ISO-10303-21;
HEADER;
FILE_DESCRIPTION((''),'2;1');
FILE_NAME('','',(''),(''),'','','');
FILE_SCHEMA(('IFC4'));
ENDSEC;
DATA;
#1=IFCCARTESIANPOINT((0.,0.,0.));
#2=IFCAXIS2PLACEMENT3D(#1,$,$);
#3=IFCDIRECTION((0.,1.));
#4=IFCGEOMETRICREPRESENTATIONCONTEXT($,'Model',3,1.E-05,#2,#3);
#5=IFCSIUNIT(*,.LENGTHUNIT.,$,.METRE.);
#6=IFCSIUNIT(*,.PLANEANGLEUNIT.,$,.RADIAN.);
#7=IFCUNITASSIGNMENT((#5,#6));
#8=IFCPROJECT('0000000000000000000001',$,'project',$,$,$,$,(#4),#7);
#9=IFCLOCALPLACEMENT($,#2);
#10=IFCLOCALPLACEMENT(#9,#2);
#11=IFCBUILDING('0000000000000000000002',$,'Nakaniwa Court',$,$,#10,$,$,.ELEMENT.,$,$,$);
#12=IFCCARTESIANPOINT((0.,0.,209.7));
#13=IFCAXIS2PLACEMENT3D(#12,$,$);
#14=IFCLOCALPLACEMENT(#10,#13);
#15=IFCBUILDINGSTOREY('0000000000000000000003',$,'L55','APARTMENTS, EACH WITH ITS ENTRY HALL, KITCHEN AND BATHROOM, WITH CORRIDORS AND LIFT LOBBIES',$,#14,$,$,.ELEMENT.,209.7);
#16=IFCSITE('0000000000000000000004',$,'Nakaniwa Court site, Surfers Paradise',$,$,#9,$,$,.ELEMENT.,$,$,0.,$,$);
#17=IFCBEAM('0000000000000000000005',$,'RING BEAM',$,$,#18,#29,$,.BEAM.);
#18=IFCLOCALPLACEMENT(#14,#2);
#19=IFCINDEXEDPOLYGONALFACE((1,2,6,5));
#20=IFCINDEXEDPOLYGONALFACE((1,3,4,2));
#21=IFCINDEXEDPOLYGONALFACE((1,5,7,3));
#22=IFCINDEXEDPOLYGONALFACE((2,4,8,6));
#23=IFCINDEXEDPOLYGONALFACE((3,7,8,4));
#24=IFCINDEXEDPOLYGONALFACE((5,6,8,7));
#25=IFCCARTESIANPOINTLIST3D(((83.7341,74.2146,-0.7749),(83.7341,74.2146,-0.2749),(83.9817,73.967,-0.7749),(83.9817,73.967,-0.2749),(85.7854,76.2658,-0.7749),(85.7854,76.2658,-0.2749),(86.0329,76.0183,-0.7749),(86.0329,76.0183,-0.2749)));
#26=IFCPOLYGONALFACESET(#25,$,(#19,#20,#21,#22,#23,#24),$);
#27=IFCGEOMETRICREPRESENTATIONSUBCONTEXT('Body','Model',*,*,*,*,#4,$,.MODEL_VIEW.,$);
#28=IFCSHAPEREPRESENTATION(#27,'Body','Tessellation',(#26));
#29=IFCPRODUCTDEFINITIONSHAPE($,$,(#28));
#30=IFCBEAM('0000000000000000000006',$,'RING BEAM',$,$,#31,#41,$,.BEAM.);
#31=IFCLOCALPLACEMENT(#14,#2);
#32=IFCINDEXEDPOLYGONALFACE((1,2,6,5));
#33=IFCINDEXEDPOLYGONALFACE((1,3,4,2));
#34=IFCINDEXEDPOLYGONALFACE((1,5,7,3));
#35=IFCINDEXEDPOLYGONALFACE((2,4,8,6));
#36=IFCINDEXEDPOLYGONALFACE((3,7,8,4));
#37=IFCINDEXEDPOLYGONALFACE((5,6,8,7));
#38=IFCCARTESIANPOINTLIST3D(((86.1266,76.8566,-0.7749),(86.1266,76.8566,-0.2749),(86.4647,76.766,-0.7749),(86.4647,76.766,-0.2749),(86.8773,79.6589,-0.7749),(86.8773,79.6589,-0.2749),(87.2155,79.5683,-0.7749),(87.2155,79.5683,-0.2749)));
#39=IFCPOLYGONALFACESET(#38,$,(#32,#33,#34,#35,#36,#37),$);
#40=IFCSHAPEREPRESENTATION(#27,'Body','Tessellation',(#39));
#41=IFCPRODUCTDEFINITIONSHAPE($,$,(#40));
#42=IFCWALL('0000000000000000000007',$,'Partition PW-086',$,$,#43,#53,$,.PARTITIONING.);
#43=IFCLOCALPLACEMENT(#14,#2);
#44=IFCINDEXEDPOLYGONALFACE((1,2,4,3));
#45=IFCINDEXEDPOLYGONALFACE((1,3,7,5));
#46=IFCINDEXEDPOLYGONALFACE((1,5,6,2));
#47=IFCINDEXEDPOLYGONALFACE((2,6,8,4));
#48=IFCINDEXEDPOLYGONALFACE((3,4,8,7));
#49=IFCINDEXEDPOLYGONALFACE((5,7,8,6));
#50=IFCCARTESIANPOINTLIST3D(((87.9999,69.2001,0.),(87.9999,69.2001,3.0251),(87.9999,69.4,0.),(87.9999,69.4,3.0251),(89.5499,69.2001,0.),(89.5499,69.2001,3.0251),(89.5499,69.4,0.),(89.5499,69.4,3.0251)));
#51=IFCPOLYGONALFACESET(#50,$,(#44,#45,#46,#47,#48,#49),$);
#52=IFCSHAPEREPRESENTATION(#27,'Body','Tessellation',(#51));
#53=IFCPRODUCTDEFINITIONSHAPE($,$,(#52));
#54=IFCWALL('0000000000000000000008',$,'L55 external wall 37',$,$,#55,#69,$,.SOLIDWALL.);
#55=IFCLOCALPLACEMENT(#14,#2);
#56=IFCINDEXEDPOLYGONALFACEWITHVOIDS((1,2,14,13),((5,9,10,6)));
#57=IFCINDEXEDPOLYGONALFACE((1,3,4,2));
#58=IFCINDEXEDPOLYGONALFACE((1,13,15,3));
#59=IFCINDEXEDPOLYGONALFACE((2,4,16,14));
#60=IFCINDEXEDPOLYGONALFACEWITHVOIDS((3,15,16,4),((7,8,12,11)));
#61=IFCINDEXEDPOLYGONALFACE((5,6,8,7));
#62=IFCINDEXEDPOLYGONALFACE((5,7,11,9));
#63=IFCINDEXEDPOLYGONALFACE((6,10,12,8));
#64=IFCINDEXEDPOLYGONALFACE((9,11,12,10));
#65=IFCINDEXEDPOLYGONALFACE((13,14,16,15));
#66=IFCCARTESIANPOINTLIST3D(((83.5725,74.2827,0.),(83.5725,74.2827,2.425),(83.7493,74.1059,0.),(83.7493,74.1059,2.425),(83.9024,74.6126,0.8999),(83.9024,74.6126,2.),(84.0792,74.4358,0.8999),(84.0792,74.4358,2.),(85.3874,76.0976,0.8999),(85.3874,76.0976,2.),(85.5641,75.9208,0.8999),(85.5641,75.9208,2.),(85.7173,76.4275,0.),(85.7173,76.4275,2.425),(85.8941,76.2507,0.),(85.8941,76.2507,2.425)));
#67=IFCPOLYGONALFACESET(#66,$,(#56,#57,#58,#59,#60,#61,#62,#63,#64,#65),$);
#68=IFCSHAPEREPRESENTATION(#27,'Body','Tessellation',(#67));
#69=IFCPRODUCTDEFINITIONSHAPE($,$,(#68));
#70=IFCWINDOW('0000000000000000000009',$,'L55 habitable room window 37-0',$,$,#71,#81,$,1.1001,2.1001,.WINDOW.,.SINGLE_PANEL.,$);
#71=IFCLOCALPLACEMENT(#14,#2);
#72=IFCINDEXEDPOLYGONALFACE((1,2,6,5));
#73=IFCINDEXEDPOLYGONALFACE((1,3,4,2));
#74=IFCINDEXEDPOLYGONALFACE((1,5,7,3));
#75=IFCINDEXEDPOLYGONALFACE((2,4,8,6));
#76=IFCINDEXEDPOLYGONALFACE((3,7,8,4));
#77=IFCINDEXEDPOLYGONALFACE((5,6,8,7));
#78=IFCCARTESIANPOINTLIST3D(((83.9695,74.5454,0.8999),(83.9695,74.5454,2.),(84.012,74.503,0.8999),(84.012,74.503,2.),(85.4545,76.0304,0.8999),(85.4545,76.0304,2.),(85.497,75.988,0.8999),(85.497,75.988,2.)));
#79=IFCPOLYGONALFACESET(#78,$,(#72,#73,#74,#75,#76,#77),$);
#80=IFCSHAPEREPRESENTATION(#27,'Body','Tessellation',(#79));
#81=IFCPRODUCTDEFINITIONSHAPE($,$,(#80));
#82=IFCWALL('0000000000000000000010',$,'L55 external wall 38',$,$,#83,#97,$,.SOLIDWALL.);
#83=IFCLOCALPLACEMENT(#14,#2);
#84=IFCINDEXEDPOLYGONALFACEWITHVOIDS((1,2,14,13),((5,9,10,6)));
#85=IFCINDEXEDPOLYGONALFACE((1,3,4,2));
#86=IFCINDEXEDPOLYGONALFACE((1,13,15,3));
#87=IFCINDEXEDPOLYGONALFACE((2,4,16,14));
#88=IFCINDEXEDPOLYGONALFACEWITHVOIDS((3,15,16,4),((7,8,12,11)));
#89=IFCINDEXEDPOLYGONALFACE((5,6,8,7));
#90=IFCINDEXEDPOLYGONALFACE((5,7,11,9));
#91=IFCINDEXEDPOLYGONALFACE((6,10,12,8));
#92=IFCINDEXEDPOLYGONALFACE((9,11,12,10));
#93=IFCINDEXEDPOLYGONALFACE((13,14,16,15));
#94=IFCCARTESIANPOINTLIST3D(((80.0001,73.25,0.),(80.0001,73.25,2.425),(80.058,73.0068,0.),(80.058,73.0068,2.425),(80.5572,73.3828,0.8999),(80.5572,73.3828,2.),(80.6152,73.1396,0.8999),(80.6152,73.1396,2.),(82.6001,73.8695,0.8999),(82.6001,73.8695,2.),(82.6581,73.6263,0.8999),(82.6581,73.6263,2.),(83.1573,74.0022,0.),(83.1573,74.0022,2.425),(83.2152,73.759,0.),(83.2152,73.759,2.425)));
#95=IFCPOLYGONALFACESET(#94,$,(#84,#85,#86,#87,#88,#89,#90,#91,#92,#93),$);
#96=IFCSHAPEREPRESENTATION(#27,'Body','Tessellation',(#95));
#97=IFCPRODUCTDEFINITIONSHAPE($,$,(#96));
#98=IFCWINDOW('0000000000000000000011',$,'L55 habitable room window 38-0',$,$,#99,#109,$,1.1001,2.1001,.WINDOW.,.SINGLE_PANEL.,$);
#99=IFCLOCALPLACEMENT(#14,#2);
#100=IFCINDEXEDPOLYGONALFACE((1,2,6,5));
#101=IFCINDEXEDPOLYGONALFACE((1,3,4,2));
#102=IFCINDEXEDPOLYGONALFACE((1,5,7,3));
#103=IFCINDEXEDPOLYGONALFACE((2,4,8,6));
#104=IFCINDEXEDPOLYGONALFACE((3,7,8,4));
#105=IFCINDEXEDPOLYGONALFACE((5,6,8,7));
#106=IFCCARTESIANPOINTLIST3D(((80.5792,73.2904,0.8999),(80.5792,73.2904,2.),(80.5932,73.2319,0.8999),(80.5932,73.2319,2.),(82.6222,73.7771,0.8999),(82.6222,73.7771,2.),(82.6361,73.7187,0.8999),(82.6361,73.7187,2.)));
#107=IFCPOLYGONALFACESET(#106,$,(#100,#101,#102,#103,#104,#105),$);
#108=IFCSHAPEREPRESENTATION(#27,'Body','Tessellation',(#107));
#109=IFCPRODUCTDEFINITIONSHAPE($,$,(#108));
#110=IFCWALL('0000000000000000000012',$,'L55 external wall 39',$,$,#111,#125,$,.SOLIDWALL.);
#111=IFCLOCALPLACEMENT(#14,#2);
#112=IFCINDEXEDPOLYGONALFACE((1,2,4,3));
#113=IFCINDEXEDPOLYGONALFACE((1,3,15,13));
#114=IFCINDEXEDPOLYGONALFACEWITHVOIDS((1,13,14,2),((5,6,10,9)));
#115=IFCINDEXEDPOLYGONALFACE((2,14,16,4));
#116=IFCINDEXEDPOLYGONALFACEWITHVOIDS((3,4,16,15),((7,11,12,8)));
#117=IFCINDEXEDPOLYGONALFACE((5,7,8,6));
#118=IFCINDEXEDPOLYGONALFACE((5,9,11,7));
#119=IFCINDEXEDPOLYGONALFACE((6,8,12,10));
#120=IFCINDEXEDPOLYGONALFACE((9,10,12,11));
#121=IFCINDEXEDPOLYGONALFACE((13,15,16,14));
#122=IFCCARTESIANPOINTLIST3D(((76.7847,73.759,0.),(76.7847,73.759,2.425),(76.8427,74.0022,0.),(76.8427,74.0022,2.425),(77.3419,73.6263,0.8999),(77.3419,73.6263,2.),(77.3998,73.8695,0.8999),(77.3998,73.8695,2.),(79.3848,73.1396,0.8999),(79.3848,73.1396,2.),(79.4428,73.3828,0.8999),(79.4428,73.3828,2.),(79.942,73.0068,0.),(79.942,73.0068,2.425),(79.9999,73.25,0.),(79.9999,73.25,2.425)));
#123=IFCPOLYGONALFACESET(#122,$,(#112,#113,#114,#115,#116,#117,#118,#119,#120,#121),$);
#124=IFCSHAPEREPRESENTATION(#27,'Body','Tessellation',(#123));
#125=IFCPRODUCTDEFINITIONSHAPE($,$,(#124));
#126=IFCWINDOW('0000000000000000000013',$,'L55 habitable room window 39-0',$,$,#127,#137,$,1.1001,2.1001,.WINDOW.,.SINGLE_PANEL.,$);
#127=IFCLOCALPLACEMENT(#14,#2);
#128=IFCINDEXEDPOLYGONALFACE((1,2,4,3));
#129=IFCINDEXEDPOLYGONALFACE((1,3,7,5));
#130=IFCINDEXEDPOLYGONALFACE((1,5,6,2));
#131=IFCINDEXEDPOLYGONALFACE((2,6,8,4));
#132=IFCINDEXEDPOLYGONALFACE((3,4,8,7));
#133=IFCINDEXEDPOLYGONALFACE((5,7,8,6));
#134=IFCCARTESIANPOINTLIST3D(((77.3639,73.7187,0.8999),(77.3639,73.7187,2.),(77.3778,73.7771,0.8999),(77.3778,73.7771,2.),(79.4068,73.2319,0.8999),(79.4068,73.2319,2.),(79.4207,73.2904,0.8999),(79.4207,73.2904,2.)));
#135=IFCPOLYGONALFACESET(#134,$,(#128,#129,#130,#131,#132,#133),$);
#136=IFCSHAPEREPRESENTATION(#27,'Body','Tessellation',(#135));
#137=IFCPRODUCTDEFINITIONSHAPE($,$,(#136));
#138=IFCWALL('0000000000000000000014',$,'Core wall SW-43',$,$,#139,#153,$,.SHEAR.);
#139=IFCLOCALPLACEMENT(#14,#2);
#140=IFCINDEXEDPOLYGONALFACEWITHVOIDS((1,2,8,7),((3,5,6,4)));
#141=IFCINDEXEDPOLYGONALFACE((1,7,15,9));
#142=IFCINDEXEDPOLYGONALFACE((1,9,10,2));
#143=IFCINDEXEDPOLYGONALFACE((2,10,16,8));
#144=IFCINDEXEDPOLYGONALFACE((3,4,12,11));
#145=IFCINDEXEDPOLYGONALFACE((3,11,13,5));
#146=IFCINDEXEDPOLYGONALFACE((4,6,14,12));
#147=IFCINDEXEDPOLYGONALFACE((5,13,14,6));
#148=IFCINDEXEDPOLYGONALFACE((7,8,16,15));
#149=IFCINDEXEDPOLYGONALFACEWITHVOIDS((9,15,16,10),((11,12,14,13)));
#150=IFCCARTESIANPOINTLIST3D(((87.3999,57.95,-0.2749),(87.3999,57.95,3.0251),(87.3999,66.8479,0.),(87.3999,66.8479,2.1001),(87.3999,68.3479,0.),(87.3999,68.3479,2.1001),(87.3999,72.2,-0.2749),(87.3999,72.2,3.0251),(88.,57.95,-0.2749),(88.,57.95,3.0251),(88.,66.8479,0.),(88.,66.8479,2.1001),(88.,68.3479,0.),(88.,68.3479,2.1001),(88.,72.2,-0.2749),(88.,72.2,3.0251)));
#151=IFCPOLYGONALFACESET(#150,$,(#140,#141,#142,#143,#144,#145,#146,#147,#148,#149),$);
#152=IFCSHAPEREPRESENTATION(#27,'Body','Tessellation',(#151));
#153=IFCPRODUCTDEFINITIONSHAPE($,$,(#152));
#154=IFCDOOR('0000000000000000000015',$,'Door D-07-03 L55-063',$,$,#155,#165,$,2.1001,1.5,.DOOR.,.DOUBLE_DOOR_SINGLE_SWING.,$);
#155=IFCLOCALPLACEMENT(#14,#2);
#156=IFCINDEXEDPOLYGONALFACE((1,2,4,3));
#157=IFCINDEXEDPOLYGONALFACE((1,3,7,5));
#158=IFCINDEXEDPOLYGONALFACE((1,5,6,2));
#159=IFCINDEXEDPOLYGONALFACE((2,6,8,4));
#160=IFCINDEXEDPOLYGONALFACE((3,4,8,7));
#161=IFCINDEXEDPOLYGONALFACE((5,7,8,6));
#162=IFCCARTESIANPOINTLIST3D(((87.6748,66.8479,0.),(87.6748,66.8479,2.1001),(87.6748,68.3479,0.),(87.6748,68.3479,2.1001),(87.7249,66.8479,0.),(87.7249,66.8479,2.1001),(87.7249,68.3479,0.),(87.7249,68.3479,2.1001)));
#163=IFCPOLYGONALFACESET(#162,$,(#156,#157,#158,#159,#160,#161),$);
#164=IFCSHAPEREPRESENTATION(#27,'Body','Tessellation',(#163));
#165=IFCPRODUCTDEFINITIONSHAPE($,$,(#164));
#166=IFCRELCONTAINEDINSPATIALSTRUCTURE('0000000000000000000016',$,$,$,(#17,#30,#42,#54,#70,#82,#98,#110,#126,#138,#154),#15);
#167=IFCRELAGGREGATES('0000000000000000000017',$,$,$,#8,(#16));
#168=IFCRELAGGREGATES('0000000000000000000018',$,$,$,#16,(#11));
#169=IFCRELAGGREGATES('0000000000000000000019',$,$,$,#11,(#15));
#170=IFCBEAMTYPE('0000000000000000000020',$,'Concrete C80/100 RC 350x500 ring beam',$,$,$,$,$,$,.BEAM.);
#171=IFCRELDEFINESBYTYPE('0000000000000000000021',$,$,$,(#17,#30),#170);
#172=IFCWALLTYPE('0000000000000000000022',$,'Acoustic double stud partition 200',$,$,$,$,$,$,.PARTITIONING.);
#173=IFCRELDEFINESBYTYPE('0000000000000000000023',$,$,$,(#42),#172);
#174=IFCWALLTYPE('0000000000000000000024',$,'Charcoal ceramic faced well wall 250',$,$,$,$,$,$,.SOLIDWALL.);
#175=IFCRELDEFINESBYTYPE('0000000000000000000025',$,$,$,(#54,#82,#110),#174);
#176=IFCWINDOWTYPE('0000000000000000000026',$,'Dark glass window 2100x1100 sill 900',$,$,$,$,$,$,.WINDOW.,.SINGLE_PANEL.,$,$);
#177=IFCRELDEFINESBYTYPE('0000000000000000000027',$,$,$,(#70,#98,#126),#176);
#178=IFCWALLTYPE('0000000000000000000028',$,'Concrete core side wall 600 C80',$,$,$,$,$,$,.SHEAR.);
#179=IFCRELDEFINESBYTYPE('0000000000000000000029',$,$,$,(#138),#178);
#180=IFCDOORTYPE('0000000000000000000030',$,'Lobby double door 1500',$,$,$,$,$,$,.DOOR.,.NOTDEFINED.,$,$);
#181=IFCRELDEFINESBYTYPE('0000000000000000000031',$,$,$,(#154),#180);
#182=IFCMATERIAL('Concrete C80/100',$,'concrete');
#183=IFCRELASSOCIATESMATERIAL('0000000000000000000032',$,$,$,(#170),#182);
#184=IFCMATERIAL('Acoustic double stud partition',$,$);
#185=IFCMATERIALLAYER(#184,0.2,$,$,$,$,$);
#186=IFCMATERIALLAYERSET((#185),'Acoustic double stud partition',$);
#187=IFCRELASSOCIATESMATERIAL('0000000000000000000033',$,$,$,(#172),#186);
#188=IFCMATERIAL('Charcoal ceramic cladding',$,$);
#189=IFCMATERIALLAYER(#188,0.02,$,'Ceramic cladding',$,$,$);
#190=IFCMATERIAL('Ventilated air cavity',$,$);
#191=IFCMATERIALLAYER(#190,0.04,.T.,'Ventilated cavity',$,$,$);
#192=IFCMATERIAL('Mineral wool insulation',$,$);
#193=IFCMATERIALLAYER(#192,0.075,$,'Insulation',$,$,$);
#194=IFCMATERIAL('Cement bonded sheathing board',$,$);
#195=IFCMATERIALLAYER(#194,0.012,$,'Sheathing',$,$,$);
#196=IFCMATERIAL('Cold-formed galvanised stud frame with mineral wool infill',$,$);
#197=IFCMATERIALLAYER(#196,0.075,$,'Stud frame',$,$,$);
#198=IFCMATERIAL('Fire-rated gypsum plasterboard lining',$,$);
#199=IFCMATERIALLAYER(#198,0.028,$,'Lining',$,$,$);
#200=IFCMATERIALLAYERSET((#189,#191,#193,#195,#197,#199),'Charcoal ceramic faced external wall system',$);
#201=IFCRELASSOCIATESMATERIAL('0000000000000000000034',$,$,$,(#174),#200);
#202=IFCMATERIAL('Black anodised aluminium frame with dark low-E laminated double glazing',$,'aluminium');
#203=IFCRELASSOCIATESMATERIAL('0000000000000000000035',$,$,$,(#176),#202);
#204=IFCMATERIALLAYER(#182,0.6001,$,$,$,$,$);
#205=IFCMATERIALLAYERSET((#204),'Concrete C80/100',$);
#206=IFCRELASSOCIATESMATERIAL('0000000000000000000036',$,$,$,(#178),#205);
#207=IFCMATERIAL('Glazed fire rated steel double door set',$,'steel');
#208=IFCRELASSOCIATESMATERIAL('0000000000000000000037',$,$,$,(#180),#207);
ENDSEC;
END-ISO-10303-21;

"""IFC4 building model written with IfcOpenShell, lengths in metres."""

from ifc_helpers import new_model, si_unit, direction, frame, frame_2d, origin, origin_2d, place, context, subcontext, project, spatial, rectangle, extrude, material, layer, layer_set, material_profile, profile_set, type_object, element, fill, save


model = new_model("IFC4")

# Units and contexts
model_context = context("Model", 3, precision=1e-05, world=origin(), true_north=direction((0.0, 1.0)))
body_context = subcontext(model_context, "Body", "Model", "MODEL_VIEW")
ifc_project = project(units=[si_unit("LENGTHUNIT", "METRE"), si_unit("PLANEANGLEUNIT", "RADIAN")], contexts=[model_context])

# Site, building, storey
site_placement = place(None, origin())
site = spatial("IfcSite", under=ifc_project, at=site_placement, Name="Nakaniwa Court site, Surfers Paradise", CompositionType="ELEMENT", RefElevation=0.0)
building_placement = place(site_placement, origin())
building = spatial("IfcBuilding", under=site, at=building_placement, Name="Nakaniwa Court", CompositionType="ELEMENT")
storey_placement = place(building_placement, frame((0.0, 0.0, 209.7)))
storey = spatial("IfcBuildingStorey", under=building, at=storey_placement, Name="L55", Description="APARTMENTS, EACH WITH ITS ENTRY HALL, KITCHEN AND BATHROOM, WITH CORRIDORS AND LIFT LOBBIES", CompositionType="ELEMENT", Elevation=209.7)

# Shared definitions
ifc_material_1 = material(Name="Concrete C80/100", Category="concrete")

# Beams
ifc_material_profile_1 = material_profile(ifc_material_1, rectangle(XDim=0.3501, YDim=0.5, at=origin_2d()), Name="Concrete C80/100 RC 350x500 ring beam")
ifc_profile_set_1 = profile_set([ifc_material_profile_1], Name="Concrete C80/100")
beam_type = type_object("IfcBeamType", Name="Concrete C80/100 RC 350x500 ring beam", PredefinedType="BEAM", material=ifc_profile_set_1)
beam_1_placement = place(storey_placement, frame((83.8579, 74.0908, -0.5249), z_axis=(0.707107, 0.707107, 0.0), x_axis=(-0.707107, 0.707107, 0.0)))
element("IfcBeam", 1, at=beam_1_placement, inside=storey, type_object=beam_type, Name="RING BEAM", PredefinedType="BEAM", context=body_context, shape_type="SweptSolid", body=[
    extrude(rectangle(XDim=0.3501, YDim=0.5, at=origin_2d()), origin(), (0.0, 0.0, 1.0), 2.9009),
])
beam_2_placement = place(storey_placement, frame((86.2957, 76.8113, -0.5249), z_axis=(0.258778, 0.965937, 0.0), x_axis=(-0.965937, 0.258778, 0.0)))
element("IfcBeam", 2, at=beam_2_placement, inside=storey, type_object=beam_type, Name="RING BEAM", PredefinedType="BEAM", context=body_context, shape_type="SweptSolid", body=[
    extrude(rectangle(XDim=0.3501, YDim=0.5, at=origin_2d()), origin(), (0.0, 0.0, 1.0), 2.9011),
])

# Wall
ifc_material_2 = material(Name="Acoustic double stud partition")
ifc_layer_1 = layer(ifc_material_2, 0.2)
ifc_layer_set_1 = layer_set([ifc_layer_1], Name="Acoustic double stud partition")
wall_type_1 = type_object("IfcWallType", Name="Acoustic double stud partition 200", PredefinedType="PARTITIONING", material=ifc_layer_set_1)
wall_1_placement = place(storey_placement, frame((88.0, 69.3, 0.0), z_axis=(0.0, 0.0, 1.0), x_axis=(1.0, 0.0, 0.0)))
element("IfcWall", 3, at=wall_1_placement, inside=storey, type_object=wall_type_1, Name="Partition PW-086", PredefinedType="PARTITIONING", context=body_context, shape_type="SweptSolid", body=[
    extrude(rectangle(XDim=1.55, YDim=0.2, at=frame_2d((0.7749, 0.0))), origin(), (0.0, 0.0, 1.0), 3.0251),
])

# Walls, openings, windows
ifc_material_3 = material(Name="Charcoal ceramic cladding")
ifc_layer_2 = layer(ifc_material_3, 0.02, Name="Ceramic cladding")
ifc_material_4 = material(Name="Ventilated air cavity")
ifc_layer_3 = layer(ifc_material_4, 0.04, ventilated=True, Name="Ventilated cavity")
ifc_material_5 = material(Name="Mineral wool insulation")
ifc_layer_4 = layer(ifc_material_5, 0.075, Name="Insulation")
ifc_material_6 = material(Name="Cement bonded sheathing board")
ifc_layer_5 = layer(ifc_material_6, 0.012, Name="Sheathing")
ifc_material_7 = material(Name="Cold-formed galvanised stud frame with mineral wool infill")
ifc_layer_6 = layer(ifc_material_7, 0.075, Name="Stud frame")
ifc_material_8 = material(Name="Fire-rated gypsum plasterboard lining")
ifc_layer_7 = layer(ifc_material_8, 0.028, Name="Lining")
ifc_layer_set_2 = layer_set([ifc_layer_2, ifc_layer_3, ifc_layer_4, ifc_layer_5, ifc_layer_6, ifc_layer_7], Name="Charcoal ceramic faced external wall system")
wall_type_2 = type_object("IfcWallType", Name="Charcoal ceramic faced well wall 250", PredefinedType="SOLIDWALL", material=ifc_layer_set_2)
wall_2_placement = place(storey_placement, frame((85.8057, 76.3391, 0.0), z_axis=(0.0, 0.0, 1.0), x_axis=(-0.707107, -0.707107, 0.0)))
wall_2 = element("IfcWall", 4, at=wall_2_placement, inside=storey, type_object=wall_type_2, Name="L55 external wall 37", PredefinedType="SOLIDWALL", context=body_context, shape_type="SweptSolid", body=[
    extrude(rectangle(XDim=3.0332, YDim=0.25, at=frame_2d((1.5166, 0.0))), origin(), (0.0, 0.0, 1.0), 2.425),
])
opening_1_placement = place(wall_2_placement, frame((0.4666, 0.0, 0.8999)))
opening_1 = element("IfcOpeningElement", 5, at=opening_1_placement, cuts=wall_2, PredefinedType="OPENING", context=body_context, shape_type="SweptSolid", body=[
    extrude(rectangle(XDim=2.1001, YDim=1.1001, at=frame_2d((1.05, 0.55))), frame((0.0, 0.135, 0.0), z_axis=(0.0, -1.0, 0.0), x_axis=(1.0, 0.0, 0.0)), (0.0, 0.0, 1.0), 0.27),
])
ifc_material_9 = material(Name="Black anodised aluminium frame with dark low-E laminated double glazing", Category="aluminium")
window_type = type_object("IfcWindowType", Name="Dark glass window 2100x1100 sill 900", PartitioningType="SINGLE_PANEL", PredefinedType="WINDOW", material=ifc_material_9)
window_1_placement = place(opening_1_placement, origin())
window_1 = element("IfcWindow", 6, at=window_1_placement, inside=storey, type_object=window_type, Name="L55 habitable room window 37-0", OverallHeight=1.1001, OverallWidth=2.1001, PartitioningType="SINGLE_PANEL", PredefinedType="WINDOW", context=body_context, shape_type="SweptSolid", body=[
    extrude(rectangle(XDim=2.1001, YDim=1.1001, at=frame_2d((1.05, 0.55))), frame((0.0, 0.03, 0.0), z_axis=(0.0, -1.0, 0.0), x_axis=(1.0, 0.0, 0.0)), (0.0, 0.0, 1.0), 0.0601),
])
fill(opening_1, window_1)
wall_3_placement = place(storey_placement, frame((83.1863, 73.8806, 0.0), z_axis=(0.0, 0.0, 1.0), x_axis=(-0.972773, -0.23176, 0.0)))
wall_3 = element("IfcWall", 7, at=wall_3_placement, inside=storey, type_object=wall_type_2, Name="L55 external wall 38", PredefinedType="SOLIDWALL", context=body_context, shape_type="SweptSolid", body=[
    extrude(rectangle(XDim=3.2456, YDim=0.25, at=frame_2d((1.6228, 0.0))), origin(), (0.0, 0.0, 1.0), 2.425),
])
opening_2_placement = place(wall_3_placement, frame((0.5728, 0.0, 0.8999)))
opening_2 = element("IfcOpeningElement", 8, at=opening_2_placement, cuts=wall_3, PredefinedType="OPENING", context=body_context, shape_type="SweptSolid", body=[
    extrude(rectangle(XDim=2.1001, YDim=1.1001, at=frame_2d((1.05, 0.55))), frame((0.0, 0.135, 0.0), z_axis=(0.0, -1.0, 0.0), x_axis=(1.0, 0.0, 0.0)), (0.0, 0.0, 1.0), 0.27),
])
window_2_placement = place(opening_2_placement, origin())
window_2 = element("IfcWindow", 9, at=window_2_placement, inside=storey, type_object=window_type, Name="L55 habitable room window 38-0", OverallHeight=1.1001, OverallWidth=2.1001, PartitioningType="SINGLE_PANEL", PredefinedType="WINDOW", context=body_context, shape_type="SweptSolid", body=[
    extrude(rectangle(XDim=2.1001, YDim=1.1001, at=frame_2d((1.05, 0.55))), frame((0.0, 0.03, 0.0), z_axis=(0.0, -1.0, 0.0), x_axis=(1.0, 0.0, 0.0)), (0.0, 0.0, 1.0), 0.0601),
])
fill(opening_2, window_2)
wall_4_placement = place(storey_placement, frame((79.9709, 73.1284, 0.0), z_axis=(0.0, 0.0, 1.0), x_axis=(-0.972773, 0.23176, 0.0)))
wall_4 = element("IfcWall", 10, at=wall_4_placement, inside=storey, type_object=wall_type_2, Name="L55 external wall 39", PredefinedType="SOLIDWALL", context=body_context, shape_type="SweptSolid", body=[
    extrude(rectangle(XDim=3.2456, YDim=0.25, at=frame_2d((1.6228, 0.0))), origin(), (0.0, 0.0, 1.0), 2.425),
])
opening_3_placement = place(wall_4_placement, frame((0.5728, 0.0, 0.8999)))
opening_3 = element("IfcOpeningElement", 11, at=opening_3_placement, cuts=wall_4, PredefinedType="OPENING", context=body_context, shape_type="SweptSolid", body=[
    extrude(rectangle(XDim=2.1001, YDim=1.1001, at=frame_2d((1.05, 0.55))), frame((0.0, 0.135, 0.0), z_axis=(0.0, -1.0, 0.0), x_axis=(1.0, 0.0, 0.0)), (0.0, 0.0, 1.0), 0.27),
])
window_3_placement = place(opening_3_placement, origin())
window_3 = element("IfcWindow", 12, at=window_3_placement, inside=storey, type_object=window_type, Name="L55 habitable room window 39-0", OverallHeight=1.1001, OverallWidth=2.1001, PartitioningType="SINGLE_PANEL", PredefinedType="WINDOW", context=body_context, shape_type="SweptSolid", body=[
    extrude(rectangle(XDim=2.1001, YDim=1.1001, at=frame_2d((1.05, 0.55))), frame((0.0, 0.03, 0.0), z_axis=(0.0, -1.0, 0.0), x_axis=(1.0, 0.0, 0.0)), (0.0, 0.0, 1.0), 0.0601),
])
fill(opening_3, window_3)

# Wall, opening, door
ifc_layer_8 = layer(ifc_material_1, 0.6001)
ifc_layer_set_3 = layer_set([ifc_layer_8], Name="Concrete C80/100")
wall_type_3 = type_object("IfcWallType", Name="Concrete core side wall 600 C80", PredefinedType="SHEAR", material=ifc_layer_set_3)
wall_5_placement = place(storey_placement, frame((87.7, 72.2, -0.2749), z_axis=(0.0, 0.0, 1.0), x_axis=(0.0, -1.0, 0.0)))
wall_5 = element("IfcWall", 13, at=wall_5_placement, inside=storey, type_object=wall_type_3, Name="Core wall SW-43", PredefinedType="SHEAR", context=body_context, shape_type="SweptSolid", body=[
    extrude(rectangle(XDim=14.25, YDim=0.6001, at=frame_2d((7.125, 0.0))), origin(), (0.0, 0.0, 1.0), 3.3),
])
opening_4_placement = place(wall_5_placement, frame((3.8521, 0.0, 0.2749)))
opening_4 = element("IfcOpeningElement", 14, at=opening_4_placement, cuts=wall_5, PredefinedType="OPENING", context=body_context, shape_type="SweptSolid", body=[
    extrude(rectangle(XDim=1.5, YDim=2.1001, at=frame_2d((0.75, 1.05))), frame((0.0, 0.3101, 0.0), z_axis=(0.0, -1.0, 0.0), x_axis=(1.0, 0.0, 0.0)), (0.0, 0.0, 1.0), 0.6201),
])
ifc_material_10 = material(Name="Glazed fire rated steel double door set", Category="steel")
door_type_1 = type_object("IfcDoorType", Name="Lobby double door 1500", OperationType="NOTDEFINED", PredefinedType="DOOR", material=ifc_material_10)
door_1_placement = place(opening_4_placement, origin())
door_1 = element("IfcDoor", 15, at=door_1_placement, inside=storey, type_object=door_type_1, Name="Door D-07-03 L55-063", OperationType="DOUBLE_DOOR_SINGLE_SWING", OverallHeight=2.1001, OverallWidth=1.5, PredefinedType="DOOR", context=body_context, shape_type="SweptSolid", body=[
    extrude(rectangle(XDim=1.5, YDim=2.1001, at=frame_2d((0.75, 1.05))), frame((0.0, 0.0249, 0.0), z_axis=(0.0, -1.0, 0.0), x_axis=(1.0, 0.0, 0.0)), (0.0, 0.0, 1.0), 0.05),
])
fill(opening_4, door_1)

save(model, "model.ifc")
